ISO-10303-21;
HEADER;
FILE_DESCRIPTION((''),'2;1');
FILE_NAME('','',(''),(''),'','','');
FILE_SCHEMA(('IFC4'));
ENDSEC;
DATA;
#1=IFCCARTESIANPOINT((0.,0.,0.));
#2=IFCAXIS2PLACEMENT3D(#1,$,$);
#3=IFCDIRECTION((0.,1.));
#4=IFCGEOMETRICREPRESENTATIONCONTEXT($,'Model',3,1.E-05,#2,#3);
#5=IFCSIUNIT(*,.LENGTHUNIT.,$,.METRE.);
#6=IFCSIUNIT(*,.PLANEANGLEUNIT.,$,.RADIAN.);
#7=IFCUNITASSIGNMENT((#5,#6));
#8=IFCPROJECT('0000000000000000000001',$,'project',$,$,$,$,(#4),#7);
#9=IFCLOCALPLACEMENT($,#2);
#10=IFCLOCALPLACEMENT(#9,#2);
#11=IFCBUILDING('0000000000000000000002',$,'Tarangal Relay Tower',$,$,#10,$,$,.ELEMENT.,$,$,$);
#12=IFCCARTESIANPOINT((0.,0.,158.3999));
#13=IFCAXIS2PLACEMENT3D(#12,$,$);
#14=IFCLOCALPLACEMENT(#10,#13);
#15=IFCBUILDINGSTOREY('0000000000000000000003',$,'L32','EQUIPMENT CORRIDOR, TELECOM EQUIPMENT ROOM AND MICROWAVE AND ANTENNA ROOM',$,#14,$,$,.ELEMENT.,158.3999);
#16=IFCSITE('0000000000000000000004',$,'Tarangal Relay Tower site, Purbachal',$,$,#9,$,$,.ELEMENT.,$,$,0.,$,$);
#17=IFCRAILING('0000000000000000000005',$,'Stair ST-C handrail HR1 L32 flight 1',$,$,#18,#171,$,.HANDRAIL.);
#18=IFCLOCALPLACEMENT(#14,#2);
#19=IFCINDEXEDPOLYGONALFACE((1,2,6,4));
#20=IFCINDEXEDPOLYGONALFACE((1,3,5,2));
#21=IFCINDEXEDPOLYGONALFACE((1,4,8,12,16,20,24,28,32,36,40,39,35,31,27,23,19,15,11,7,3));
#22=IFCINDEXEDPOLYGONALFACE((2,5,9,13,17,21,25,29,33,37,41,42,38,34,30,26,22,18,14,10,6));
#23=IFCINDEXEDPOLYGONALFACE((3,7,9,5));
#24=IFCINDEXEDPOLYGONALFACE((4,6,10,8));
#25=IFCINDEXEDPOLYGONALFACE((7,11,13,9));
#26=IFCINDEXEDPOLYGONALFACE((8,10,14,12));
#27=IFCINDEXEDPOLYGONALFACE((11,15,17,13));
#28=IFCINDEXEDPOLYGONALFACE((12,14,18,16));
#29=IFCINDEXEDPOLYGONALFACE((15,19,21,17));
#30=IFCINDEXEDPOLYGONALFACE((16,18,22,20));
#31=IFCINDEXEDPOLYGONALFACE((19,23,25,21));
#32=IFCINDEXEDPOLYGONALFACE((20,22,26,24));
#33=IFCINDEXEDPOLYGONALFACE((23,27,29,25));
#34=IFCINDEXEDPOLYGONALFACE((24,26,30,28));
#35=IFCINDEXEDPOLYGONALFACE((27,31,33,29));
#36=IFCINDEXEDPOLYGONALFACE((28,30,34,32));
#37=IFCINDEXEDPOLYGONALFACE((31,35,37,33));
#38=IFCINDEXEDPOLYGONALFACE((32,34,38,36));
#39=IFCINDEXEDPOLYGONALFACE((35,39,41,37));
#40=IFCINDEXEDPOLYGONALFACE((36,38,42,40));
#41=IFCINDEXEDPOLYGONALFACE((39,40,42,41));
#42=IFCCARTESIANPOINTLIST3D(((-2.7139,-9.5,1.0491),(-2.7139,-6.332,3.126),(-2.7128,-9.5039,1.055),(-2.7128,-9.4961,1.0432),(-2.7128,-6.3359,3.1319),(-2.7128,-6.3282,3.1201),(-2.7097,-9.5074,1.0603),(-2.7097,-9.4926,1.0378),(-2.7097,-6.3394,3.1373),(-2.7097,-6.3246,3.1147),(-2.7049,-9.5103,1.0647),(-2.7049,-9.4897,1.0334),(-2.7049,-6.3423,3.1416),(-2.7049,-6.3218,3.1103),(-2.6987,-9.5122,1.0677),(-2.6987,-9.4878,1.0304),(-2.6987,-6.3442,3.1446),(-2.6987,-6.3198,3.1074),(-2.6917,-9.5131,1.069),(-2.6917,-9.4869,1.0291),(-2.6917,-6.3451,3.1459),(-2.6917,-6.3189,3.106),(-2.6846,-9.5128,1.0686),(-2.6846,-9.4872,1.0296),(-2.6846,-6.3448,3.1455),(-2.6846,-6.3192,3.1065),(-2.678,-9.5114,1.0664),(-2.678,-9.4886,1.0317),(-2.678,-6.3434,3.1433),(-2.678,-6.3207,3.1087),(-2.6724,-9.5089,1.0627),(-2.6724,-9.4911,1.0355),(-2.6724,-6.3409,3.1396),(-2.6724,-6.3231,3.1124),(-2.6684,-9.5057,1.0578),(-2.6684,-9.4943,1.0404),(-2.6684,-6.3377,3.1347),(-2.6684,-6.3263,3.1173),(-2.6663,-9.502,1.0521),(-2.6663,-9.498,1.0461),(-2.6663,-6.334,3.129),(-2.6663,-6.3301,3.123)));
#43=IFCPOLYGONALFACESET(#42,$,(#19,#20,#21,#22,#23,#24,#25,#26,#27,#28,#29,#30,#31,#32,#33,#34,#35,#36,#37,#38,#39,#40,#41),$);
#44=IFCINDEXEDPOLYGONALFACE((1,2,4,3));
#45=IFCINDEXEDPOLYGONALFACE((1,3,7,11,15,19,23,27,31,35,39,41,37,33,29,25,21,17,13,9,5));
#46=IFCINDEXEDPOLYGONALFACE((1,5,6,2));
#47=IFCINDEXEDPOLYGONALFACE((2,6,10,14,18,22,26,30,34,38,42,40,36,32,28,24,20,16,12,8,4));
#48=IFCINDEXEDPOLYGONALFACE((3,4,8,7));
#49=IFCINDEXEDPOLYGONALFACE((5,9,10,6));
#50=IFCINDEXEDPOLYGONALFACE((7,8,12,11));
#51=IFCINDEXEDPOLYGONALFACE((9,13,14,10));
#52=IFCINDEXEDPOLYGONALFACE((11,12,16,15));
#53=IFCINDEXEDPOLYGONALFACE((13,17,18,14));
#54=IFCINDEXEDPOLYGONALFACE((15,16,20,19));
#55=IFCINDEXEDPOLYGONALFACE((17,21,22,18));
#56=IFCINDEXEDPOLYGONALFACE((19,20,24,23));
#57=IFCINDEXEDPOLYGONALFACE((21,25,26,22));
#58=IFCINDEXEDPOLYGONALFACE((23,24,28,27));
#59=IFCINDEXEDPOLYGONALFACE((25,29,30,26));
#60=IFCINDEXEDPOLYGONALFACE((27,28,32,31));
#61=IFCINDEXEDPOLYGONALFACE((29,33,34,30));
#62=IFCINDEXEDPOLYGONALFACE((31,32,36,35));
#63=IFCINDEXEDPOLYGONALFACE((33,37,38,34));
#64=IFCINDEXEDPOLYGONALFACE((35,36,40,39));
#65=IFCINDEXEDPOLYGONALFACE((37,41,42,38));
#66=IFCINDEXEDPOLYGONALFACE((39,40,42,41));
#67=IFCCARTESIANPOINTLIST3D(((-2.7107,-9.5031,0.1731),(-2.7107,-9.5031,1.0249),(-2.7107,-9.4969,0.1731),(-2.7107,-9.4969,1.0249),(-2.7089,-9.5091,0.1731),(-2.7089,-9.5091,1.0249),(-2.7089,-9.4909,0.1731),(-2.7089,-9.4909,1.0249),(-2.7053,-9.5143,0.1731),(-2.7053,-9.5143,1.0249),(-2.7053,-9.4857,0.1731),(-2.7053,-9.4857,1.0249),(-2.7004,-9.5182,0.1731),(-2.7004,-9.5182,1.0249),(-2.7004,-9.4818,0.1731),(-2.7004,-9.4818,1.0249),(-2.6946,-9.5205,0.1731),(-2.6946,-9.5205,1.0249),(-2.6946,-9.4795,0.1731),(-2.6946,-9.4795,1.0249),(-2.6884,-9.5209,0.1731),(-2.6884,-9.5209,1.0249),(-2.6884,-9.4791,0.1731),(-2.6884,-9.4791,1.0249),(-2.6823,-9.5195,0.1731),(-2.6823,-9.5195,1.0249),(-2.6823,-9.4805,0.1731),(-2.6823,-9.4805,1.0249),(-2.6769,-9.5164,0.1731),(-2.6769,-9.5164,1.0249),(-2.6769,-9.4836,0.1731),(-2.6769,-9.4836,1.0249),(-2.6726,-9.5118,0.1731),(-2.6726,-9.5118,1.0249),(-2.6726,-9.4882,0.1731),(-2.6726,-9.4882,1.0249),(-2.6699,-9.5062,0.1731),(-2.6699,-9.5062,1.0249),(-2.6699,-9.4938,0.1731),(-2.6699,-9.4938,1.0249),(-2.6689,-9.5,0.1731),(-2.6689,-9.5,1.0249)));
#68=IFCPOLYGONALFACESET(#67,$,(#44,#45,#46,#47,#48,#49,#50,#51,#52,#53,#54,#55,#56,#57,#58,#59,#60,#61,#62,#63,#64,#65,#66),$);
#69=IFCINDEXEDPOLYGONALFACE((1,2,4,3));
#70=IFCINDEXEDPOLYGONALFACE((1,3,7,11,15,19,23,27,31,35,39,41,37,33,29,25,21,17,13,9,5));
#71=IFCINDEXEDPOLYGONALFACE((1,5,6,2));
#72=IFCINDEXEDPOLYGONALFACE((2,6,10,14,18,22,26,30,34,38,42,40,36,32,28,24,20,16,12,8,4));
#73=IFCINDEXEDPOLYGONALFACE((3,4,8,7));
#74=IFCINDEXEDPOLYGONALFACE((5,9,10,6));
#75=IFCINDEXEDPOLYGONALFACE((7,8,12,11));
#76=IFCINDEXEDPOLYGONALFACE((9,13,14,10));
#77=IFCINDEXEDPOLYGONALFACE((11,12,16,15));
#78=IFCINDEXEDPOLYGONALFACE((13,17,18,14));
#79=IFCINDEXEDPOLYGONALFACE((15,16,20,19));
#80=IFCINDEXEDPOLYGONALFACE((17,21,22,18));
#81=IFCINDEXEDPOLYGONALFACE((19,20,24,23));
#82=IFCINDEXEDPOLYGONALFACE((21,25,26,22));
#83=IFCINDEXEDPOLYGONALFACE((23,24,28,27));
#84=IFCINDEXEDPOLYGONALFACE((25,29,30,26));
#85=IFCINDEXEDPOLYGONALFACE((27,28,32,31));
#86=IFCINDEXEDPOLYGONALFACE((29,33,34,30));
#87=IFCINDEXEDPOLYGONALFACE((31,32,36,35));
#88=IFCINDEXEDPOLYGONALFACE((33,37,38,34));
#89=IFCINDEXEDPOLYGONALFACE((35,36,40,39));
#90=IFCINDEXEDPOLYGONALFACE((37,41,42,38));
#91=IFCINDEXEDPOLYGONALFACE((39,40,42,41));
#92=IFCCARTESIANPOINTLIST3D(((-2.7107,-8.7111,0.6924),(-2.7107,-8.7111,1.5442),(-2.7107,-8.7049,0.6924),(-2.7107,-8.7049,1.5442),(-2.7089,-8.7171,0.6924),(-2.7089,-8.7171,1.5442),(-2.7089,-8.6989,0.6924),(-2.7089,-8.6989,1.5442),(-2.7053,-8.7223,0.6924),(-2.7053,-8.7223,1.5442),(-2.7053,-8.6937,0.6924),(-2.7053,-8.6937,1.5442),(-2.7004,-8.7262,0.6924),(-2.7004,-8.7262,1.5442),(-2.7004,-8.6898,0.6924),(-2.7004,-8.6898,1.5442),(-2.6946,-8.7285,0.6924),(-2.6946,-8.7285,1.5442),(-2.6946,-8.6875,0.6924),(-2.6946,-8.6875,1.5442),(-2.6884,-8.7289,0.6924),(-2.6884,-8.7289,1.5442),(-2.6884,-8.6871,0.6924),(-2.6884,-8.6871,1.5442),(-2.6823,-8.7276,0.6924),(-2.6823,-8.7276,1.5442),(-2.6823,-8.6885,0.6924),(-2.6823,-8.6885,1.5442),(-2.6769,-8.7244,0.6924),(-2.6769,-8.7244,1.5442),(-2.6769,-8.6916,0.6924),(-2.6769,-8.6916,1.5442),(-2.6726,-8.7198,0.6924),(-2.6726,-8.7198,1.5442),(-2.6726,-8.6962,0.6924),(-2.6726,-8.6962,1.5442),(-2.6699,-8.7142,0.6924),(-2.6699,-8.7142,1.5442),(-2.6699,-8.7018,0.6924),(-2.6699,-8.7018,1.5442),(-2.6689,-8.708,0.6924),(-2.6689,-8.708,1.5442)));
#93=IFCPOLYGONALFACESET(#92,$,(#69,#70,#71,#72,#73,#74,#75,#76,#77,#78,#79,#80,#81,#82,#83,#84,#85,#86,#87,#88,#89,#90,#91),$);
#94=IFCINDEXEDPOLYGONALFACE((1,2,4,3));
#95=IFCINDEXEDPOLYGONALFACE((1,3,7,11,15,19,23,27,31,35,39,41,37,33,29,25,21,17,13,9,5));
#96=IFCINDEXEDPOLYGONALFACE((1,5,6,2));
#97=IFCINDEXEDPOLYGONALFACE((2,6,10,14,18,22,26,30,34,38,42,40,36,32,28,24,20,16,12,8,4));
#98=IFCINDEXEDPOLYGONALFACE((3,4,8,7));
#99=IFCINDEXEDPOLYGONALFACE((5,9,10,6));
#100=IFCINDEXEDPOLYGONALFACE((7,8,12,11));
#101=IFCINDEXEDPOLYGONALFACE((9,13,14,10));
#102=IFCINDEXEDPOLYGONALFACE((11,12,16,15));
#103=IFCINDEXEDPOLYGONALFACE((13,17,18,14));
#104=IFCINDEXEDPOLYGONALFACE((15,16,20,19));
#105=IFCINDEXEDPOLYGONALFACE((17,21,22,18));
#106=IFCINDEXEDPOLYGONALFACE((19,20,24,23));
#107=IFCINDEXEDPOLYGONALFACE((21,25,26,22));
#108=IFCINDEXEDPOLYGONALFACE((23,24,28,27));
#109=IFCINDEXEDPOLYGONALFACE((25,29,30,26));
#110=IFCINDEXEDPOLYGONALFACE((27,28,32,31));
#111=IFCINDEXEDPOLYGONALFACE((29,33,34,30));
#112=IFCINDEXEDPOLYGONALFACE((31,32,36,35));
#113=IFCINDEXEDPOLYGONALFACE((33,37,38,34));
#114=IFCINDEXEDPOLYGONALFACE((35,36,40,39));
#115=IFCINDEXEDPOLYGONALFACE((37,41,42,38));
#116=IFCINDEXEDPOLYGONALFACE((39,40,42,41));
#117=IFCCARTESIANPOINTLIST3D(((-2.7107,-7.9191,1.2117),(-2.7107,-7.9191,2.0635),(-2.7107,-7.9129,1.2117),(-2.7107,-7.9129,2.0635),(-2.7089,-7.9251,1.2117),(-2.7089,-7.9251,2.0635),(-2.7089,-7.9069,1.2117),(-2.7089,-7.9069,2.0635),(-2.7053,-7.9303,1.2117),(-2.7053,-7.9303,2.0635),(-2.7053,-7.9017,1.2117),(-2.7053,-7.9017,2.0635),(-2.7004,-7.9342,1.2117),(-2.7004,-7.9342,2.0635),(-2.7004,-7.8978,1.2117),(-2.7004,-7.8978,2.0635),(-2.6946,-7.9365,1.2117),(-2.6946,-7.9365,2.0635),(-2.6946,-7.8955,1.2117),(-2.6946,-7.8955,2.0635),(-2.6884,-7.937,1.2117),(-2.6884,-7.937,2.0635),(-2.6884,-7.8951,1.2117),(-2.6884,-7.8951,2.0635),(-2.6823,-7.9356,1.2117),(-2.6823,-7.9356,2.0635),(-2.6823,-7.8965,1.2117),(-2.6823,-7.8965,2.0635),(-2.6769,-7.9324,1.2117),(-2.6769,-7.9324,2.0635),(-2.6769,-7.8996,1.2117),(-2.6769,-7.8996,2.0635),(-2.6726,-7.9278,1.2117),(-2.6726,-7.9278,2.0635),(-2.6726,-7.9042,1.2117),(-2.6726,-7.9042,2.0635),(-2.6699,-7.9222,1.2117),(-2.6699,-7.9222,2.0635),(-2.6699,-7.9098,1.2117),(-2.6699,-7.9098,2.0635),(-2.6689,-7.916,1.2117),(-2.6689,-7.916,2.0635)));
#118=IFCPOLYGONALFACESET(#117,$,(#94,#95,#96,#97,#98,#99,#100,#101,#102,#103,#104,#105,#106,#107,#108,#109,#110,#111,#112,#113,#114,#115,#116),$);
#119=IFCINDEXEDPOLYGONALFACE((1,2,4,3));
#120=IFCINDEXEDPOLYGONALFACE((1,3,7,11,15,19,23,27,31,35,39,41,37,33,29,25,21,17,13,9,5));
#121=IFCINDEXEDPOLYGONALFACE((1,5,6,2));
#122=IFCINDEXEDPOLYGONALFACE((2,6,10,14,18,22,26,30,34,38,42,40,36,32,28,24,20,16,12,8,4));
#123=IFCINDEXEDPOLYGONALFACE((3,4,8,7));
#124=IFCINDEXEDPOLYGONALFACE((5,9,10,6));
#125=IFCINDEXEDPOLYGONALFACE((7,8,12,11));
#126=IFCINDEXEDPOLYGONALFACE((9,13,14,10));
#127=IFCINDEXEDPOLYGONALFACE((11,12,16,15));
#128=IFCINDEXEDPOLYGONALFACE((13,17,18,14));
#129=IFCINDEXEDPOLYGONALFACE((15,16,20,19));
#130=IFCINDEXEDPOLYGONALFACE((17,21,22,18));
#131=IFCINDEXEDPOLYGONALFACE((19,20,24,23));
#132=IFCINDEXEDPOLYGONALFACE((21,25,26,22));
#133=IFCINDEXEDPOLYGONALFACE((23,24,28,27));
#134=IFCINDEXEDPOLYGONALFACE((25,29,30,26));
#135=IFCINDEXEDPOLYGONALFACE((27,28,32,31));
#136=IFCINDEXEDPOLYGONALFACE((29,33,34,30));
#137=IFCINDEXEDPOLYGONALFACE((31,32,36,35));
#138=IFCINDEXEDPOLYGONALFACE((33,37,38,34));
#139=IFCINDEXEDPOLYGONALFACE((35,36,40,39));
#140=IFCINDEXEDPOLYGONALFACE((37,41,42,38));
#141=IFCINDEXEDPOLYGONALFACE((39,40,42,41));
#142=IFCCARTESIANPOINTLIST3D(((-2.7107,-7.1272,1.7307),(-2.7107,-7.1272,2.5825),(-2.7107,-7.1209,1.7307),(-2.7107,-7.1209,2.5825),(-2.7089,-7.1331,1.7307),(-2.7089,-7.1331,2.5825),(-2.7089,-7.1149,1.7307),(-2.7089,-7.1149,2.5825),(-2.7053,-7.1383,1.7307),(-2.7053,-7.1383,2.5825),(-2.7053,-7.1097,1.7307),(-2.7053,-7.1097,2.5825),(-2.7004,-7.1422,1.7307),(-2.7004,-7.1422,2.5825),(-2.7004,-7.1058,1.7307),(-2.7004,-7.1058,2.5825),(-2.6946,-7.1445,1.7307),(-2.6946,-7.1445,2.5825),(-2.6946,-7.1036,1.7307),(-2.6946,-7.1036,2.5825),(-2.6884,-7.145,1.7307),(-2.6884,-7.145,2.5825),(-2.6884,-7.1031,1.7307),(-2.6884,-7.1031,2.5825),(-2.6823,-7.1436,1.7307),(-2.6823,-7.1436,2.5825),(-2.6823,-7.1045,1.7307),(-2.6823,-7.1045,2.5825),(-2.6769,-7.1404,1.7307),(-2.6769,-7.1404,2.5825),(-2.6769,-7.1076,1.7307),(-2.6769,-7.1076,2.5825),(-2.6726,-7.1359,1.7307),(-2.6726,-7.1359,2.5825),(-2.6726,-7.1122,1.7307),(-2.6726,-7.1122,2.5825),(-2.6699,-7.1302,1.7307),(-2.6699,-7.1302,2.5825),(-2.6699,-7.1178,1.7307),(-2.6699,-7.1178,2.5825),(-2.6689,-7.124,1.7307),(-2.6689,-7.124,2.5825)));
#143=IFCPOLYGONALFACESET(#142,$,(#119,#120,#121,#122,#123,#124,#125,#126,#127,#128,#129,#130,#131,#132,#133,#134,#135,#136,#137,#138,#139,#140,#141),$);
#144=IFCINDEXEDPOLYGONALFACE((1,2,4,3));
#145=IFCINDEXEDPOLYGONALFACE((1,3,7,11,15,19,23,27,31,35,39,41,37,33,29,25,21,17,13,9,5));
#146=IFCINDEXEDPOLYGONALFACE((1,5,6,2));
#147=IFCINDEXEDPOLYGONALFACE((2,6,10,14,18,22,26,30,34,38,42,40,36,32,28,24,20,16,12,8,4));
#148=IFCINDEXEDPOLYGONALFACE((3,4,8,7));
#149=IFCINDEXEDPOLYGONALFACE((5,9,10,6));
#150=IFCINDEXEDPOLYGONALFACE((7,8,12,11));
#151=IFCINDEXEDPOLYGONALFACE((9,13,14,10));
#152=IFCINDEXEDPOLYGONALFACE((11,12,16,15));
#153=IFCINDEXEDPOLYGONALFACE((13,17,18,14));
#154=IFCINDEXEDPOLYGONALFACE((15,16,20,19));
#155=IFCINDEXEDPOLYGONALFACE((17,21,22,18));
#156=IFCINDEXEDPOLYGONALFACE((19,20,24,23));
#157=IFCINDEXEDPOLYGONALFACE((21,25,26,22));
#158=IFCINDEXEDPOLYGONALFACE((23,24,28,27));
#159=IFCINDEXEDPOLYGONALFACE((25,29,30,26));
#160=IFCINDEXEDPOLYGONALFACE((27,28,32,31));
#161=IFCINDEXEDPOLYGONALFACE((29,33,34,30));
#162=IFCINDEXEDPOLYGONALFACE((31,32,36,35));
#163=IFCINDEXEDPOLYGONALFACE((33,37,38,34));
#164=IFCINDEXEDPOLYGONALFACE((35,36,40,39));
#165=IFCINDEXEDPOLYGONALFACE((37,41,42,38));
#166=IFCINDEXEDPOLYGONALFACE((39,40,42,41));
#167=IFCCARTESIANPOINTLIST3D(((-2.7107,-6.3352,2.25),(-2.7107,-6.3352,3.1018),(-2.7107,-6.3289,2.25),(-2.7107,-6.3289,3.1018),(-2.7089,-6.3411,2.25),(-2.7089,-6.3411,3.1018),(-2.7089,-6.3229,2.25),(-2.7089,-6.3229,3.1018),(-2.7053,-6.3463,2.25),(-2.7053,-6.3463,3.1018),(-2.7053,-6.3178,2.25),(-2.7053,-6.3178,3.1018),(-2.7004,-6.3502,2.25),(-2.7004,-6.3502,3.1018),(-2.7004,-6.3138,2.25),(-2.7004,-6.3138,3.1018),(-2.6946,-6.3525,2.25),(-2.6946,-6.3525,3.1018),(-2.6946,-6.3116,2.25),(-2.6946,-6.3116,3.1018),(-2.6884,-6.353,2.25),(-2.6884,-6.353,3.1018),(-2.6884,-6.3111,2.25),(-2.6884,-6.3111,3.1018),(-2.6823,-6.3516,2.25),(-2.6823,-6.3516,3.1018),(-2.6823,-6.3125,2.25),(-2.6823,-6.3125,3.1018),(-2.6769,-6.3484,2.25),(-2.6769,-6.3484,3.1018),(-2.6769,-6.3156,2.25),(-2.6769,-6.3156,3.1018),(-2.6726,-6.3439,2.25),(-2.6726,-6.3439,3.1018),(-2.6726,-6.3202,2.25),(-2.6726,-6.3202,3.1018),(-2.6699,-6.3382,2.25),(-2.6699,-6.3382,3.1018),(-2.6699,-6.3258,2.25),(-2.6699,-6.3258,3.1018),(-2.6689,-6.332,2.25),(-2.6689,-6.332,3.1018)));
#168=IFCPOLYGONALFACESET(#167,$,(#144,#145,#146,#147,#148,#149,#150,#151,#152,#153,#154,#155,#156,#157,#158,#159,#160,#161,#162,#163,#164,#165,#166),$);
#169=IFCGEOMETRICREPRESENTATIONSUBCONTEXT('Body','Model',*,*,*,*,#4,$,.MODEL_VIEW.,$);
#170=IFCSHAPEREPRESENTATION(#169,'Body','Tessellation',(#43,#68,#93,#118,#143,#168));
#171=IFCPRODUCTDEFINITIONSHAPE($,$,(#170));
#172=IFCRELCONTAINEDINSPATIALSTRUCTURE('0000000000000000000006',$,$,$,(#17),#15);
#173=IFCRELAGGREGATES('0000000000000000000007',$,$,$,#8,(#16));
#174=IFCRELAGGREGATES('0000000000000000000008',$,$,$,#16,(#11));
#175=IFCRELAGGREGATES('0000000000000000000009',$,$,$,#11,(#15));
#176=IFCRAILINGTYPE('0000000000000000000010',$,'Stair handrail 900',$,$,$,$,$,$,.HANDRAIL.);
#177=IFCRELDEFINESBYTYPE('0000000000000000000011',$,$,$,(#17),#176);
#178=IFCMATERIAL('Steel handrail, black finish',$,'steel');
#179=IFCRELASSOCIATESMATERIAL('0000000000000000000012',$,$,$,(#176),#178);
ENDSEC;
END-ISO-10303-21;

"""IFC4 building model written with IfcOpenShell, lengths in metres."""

from ifc_helpers import new_model, si_unit, direction, frame, origin, origin_2d, place, context, subcontext, project, spatial, circle, extrude, material, type_object, element, save


model = new_model("IFC4")

# Units and contexts
model_context = context("Model", 3, precision=1e-05, world=origin(), true_north=direction((0.0, 1.0)))
body_context = subcontext(model_context, "Body", "Model", "MODEL_VIEW")
ifc_project = project(units=[si_unit("LENGTHUNIT", "METRE"), si_unit("PLANEANGLEUNIT", "RADIAN")], contexts=[model_context])

# Site, building, storey
site_placement = place(None, origin())
site = spatial("IfcSite", under=ifc_project, at=site_placement, Name="Tarangal Relay Tower site, Purbachal", CompositionType="ELEMENT", RefElevation=0.0)
building_placement = place(site_placement, origin())
building = spatial("IfcBuilding", under=site, at=building_placement, Name="Tarangal Relay Tower", CompositionType="ELEMENT")
storey_placement = place(building_placement, frame((0.0, 0.0, 158.3999)))
storey = spatial("IfcBuildingStorey", under=building, at=storey_placement, Name="L32", Description="EQUIPMENT CORRIDOR, TELECOM EQUIPMENT ROOM AND MICROWAVE AND ANTENNA ROOM", CompositionType="ELEMENT", Elevation=158.3999)

# Railing
ifc_material_1 = material(Name="Steel handrail, black finish", Category="steel")
railing_type_1 = type_object("IfcRailingType", Name="Stair handrail 900", PredefinedType="HANDRAIL", material=ifc_material_1)
railing_1_placement = place(storey_placement, frame((-2.6899, -9.5, 0.1731)))
element("IfcRailing", 1, at=railing_1_placement, inside=storey, type_object=railing_type_1, Name="Stair ST-C handrail HR1 L32 flight 1", PredefinedType="HANDRAIL", context=body_context, shape_type="SweptSolid", body=[
    extrude(circle(Radius=0.0239, at=origin_2d()), frame((0.0, 0.0, 0.876), z_axis=(0.0, 0.836299, 0.548273), x_axis=(-1.0, 0.0, 0.0)), (0.0, 0.0, 1.0), 3.7881),
    extrude(circle(Radius=0.021, at=origin_2d()), origin(), (0.0, 0.0, 1.0), 0.8518),
    extrude(circle(Radius=0.021, at=origin_2d()), frame((0.0, 0.792, 0.5193)), (0.0, 0.0, 1.0), 0.8518),
    extrude(circle(Radius=0.021, at=origin_2d()), frame((0.0, 1.584, 1.0386)), (0.0, 0.0, 1.0), 0.8518),
    extrude(circle(Radius=0.021, at=origin_2d()), frame((0.0, 2.376, 1.5576)), (0.0, 0.0, 1.0), 0.8518),
    extrude(circle(Radius=0.021, at=origin_2d()), frame((0.0, 3.168, 2.0769)), (0.0, 0.0, 1.0), 0.8518),
])

save(model, "model.ifc")
